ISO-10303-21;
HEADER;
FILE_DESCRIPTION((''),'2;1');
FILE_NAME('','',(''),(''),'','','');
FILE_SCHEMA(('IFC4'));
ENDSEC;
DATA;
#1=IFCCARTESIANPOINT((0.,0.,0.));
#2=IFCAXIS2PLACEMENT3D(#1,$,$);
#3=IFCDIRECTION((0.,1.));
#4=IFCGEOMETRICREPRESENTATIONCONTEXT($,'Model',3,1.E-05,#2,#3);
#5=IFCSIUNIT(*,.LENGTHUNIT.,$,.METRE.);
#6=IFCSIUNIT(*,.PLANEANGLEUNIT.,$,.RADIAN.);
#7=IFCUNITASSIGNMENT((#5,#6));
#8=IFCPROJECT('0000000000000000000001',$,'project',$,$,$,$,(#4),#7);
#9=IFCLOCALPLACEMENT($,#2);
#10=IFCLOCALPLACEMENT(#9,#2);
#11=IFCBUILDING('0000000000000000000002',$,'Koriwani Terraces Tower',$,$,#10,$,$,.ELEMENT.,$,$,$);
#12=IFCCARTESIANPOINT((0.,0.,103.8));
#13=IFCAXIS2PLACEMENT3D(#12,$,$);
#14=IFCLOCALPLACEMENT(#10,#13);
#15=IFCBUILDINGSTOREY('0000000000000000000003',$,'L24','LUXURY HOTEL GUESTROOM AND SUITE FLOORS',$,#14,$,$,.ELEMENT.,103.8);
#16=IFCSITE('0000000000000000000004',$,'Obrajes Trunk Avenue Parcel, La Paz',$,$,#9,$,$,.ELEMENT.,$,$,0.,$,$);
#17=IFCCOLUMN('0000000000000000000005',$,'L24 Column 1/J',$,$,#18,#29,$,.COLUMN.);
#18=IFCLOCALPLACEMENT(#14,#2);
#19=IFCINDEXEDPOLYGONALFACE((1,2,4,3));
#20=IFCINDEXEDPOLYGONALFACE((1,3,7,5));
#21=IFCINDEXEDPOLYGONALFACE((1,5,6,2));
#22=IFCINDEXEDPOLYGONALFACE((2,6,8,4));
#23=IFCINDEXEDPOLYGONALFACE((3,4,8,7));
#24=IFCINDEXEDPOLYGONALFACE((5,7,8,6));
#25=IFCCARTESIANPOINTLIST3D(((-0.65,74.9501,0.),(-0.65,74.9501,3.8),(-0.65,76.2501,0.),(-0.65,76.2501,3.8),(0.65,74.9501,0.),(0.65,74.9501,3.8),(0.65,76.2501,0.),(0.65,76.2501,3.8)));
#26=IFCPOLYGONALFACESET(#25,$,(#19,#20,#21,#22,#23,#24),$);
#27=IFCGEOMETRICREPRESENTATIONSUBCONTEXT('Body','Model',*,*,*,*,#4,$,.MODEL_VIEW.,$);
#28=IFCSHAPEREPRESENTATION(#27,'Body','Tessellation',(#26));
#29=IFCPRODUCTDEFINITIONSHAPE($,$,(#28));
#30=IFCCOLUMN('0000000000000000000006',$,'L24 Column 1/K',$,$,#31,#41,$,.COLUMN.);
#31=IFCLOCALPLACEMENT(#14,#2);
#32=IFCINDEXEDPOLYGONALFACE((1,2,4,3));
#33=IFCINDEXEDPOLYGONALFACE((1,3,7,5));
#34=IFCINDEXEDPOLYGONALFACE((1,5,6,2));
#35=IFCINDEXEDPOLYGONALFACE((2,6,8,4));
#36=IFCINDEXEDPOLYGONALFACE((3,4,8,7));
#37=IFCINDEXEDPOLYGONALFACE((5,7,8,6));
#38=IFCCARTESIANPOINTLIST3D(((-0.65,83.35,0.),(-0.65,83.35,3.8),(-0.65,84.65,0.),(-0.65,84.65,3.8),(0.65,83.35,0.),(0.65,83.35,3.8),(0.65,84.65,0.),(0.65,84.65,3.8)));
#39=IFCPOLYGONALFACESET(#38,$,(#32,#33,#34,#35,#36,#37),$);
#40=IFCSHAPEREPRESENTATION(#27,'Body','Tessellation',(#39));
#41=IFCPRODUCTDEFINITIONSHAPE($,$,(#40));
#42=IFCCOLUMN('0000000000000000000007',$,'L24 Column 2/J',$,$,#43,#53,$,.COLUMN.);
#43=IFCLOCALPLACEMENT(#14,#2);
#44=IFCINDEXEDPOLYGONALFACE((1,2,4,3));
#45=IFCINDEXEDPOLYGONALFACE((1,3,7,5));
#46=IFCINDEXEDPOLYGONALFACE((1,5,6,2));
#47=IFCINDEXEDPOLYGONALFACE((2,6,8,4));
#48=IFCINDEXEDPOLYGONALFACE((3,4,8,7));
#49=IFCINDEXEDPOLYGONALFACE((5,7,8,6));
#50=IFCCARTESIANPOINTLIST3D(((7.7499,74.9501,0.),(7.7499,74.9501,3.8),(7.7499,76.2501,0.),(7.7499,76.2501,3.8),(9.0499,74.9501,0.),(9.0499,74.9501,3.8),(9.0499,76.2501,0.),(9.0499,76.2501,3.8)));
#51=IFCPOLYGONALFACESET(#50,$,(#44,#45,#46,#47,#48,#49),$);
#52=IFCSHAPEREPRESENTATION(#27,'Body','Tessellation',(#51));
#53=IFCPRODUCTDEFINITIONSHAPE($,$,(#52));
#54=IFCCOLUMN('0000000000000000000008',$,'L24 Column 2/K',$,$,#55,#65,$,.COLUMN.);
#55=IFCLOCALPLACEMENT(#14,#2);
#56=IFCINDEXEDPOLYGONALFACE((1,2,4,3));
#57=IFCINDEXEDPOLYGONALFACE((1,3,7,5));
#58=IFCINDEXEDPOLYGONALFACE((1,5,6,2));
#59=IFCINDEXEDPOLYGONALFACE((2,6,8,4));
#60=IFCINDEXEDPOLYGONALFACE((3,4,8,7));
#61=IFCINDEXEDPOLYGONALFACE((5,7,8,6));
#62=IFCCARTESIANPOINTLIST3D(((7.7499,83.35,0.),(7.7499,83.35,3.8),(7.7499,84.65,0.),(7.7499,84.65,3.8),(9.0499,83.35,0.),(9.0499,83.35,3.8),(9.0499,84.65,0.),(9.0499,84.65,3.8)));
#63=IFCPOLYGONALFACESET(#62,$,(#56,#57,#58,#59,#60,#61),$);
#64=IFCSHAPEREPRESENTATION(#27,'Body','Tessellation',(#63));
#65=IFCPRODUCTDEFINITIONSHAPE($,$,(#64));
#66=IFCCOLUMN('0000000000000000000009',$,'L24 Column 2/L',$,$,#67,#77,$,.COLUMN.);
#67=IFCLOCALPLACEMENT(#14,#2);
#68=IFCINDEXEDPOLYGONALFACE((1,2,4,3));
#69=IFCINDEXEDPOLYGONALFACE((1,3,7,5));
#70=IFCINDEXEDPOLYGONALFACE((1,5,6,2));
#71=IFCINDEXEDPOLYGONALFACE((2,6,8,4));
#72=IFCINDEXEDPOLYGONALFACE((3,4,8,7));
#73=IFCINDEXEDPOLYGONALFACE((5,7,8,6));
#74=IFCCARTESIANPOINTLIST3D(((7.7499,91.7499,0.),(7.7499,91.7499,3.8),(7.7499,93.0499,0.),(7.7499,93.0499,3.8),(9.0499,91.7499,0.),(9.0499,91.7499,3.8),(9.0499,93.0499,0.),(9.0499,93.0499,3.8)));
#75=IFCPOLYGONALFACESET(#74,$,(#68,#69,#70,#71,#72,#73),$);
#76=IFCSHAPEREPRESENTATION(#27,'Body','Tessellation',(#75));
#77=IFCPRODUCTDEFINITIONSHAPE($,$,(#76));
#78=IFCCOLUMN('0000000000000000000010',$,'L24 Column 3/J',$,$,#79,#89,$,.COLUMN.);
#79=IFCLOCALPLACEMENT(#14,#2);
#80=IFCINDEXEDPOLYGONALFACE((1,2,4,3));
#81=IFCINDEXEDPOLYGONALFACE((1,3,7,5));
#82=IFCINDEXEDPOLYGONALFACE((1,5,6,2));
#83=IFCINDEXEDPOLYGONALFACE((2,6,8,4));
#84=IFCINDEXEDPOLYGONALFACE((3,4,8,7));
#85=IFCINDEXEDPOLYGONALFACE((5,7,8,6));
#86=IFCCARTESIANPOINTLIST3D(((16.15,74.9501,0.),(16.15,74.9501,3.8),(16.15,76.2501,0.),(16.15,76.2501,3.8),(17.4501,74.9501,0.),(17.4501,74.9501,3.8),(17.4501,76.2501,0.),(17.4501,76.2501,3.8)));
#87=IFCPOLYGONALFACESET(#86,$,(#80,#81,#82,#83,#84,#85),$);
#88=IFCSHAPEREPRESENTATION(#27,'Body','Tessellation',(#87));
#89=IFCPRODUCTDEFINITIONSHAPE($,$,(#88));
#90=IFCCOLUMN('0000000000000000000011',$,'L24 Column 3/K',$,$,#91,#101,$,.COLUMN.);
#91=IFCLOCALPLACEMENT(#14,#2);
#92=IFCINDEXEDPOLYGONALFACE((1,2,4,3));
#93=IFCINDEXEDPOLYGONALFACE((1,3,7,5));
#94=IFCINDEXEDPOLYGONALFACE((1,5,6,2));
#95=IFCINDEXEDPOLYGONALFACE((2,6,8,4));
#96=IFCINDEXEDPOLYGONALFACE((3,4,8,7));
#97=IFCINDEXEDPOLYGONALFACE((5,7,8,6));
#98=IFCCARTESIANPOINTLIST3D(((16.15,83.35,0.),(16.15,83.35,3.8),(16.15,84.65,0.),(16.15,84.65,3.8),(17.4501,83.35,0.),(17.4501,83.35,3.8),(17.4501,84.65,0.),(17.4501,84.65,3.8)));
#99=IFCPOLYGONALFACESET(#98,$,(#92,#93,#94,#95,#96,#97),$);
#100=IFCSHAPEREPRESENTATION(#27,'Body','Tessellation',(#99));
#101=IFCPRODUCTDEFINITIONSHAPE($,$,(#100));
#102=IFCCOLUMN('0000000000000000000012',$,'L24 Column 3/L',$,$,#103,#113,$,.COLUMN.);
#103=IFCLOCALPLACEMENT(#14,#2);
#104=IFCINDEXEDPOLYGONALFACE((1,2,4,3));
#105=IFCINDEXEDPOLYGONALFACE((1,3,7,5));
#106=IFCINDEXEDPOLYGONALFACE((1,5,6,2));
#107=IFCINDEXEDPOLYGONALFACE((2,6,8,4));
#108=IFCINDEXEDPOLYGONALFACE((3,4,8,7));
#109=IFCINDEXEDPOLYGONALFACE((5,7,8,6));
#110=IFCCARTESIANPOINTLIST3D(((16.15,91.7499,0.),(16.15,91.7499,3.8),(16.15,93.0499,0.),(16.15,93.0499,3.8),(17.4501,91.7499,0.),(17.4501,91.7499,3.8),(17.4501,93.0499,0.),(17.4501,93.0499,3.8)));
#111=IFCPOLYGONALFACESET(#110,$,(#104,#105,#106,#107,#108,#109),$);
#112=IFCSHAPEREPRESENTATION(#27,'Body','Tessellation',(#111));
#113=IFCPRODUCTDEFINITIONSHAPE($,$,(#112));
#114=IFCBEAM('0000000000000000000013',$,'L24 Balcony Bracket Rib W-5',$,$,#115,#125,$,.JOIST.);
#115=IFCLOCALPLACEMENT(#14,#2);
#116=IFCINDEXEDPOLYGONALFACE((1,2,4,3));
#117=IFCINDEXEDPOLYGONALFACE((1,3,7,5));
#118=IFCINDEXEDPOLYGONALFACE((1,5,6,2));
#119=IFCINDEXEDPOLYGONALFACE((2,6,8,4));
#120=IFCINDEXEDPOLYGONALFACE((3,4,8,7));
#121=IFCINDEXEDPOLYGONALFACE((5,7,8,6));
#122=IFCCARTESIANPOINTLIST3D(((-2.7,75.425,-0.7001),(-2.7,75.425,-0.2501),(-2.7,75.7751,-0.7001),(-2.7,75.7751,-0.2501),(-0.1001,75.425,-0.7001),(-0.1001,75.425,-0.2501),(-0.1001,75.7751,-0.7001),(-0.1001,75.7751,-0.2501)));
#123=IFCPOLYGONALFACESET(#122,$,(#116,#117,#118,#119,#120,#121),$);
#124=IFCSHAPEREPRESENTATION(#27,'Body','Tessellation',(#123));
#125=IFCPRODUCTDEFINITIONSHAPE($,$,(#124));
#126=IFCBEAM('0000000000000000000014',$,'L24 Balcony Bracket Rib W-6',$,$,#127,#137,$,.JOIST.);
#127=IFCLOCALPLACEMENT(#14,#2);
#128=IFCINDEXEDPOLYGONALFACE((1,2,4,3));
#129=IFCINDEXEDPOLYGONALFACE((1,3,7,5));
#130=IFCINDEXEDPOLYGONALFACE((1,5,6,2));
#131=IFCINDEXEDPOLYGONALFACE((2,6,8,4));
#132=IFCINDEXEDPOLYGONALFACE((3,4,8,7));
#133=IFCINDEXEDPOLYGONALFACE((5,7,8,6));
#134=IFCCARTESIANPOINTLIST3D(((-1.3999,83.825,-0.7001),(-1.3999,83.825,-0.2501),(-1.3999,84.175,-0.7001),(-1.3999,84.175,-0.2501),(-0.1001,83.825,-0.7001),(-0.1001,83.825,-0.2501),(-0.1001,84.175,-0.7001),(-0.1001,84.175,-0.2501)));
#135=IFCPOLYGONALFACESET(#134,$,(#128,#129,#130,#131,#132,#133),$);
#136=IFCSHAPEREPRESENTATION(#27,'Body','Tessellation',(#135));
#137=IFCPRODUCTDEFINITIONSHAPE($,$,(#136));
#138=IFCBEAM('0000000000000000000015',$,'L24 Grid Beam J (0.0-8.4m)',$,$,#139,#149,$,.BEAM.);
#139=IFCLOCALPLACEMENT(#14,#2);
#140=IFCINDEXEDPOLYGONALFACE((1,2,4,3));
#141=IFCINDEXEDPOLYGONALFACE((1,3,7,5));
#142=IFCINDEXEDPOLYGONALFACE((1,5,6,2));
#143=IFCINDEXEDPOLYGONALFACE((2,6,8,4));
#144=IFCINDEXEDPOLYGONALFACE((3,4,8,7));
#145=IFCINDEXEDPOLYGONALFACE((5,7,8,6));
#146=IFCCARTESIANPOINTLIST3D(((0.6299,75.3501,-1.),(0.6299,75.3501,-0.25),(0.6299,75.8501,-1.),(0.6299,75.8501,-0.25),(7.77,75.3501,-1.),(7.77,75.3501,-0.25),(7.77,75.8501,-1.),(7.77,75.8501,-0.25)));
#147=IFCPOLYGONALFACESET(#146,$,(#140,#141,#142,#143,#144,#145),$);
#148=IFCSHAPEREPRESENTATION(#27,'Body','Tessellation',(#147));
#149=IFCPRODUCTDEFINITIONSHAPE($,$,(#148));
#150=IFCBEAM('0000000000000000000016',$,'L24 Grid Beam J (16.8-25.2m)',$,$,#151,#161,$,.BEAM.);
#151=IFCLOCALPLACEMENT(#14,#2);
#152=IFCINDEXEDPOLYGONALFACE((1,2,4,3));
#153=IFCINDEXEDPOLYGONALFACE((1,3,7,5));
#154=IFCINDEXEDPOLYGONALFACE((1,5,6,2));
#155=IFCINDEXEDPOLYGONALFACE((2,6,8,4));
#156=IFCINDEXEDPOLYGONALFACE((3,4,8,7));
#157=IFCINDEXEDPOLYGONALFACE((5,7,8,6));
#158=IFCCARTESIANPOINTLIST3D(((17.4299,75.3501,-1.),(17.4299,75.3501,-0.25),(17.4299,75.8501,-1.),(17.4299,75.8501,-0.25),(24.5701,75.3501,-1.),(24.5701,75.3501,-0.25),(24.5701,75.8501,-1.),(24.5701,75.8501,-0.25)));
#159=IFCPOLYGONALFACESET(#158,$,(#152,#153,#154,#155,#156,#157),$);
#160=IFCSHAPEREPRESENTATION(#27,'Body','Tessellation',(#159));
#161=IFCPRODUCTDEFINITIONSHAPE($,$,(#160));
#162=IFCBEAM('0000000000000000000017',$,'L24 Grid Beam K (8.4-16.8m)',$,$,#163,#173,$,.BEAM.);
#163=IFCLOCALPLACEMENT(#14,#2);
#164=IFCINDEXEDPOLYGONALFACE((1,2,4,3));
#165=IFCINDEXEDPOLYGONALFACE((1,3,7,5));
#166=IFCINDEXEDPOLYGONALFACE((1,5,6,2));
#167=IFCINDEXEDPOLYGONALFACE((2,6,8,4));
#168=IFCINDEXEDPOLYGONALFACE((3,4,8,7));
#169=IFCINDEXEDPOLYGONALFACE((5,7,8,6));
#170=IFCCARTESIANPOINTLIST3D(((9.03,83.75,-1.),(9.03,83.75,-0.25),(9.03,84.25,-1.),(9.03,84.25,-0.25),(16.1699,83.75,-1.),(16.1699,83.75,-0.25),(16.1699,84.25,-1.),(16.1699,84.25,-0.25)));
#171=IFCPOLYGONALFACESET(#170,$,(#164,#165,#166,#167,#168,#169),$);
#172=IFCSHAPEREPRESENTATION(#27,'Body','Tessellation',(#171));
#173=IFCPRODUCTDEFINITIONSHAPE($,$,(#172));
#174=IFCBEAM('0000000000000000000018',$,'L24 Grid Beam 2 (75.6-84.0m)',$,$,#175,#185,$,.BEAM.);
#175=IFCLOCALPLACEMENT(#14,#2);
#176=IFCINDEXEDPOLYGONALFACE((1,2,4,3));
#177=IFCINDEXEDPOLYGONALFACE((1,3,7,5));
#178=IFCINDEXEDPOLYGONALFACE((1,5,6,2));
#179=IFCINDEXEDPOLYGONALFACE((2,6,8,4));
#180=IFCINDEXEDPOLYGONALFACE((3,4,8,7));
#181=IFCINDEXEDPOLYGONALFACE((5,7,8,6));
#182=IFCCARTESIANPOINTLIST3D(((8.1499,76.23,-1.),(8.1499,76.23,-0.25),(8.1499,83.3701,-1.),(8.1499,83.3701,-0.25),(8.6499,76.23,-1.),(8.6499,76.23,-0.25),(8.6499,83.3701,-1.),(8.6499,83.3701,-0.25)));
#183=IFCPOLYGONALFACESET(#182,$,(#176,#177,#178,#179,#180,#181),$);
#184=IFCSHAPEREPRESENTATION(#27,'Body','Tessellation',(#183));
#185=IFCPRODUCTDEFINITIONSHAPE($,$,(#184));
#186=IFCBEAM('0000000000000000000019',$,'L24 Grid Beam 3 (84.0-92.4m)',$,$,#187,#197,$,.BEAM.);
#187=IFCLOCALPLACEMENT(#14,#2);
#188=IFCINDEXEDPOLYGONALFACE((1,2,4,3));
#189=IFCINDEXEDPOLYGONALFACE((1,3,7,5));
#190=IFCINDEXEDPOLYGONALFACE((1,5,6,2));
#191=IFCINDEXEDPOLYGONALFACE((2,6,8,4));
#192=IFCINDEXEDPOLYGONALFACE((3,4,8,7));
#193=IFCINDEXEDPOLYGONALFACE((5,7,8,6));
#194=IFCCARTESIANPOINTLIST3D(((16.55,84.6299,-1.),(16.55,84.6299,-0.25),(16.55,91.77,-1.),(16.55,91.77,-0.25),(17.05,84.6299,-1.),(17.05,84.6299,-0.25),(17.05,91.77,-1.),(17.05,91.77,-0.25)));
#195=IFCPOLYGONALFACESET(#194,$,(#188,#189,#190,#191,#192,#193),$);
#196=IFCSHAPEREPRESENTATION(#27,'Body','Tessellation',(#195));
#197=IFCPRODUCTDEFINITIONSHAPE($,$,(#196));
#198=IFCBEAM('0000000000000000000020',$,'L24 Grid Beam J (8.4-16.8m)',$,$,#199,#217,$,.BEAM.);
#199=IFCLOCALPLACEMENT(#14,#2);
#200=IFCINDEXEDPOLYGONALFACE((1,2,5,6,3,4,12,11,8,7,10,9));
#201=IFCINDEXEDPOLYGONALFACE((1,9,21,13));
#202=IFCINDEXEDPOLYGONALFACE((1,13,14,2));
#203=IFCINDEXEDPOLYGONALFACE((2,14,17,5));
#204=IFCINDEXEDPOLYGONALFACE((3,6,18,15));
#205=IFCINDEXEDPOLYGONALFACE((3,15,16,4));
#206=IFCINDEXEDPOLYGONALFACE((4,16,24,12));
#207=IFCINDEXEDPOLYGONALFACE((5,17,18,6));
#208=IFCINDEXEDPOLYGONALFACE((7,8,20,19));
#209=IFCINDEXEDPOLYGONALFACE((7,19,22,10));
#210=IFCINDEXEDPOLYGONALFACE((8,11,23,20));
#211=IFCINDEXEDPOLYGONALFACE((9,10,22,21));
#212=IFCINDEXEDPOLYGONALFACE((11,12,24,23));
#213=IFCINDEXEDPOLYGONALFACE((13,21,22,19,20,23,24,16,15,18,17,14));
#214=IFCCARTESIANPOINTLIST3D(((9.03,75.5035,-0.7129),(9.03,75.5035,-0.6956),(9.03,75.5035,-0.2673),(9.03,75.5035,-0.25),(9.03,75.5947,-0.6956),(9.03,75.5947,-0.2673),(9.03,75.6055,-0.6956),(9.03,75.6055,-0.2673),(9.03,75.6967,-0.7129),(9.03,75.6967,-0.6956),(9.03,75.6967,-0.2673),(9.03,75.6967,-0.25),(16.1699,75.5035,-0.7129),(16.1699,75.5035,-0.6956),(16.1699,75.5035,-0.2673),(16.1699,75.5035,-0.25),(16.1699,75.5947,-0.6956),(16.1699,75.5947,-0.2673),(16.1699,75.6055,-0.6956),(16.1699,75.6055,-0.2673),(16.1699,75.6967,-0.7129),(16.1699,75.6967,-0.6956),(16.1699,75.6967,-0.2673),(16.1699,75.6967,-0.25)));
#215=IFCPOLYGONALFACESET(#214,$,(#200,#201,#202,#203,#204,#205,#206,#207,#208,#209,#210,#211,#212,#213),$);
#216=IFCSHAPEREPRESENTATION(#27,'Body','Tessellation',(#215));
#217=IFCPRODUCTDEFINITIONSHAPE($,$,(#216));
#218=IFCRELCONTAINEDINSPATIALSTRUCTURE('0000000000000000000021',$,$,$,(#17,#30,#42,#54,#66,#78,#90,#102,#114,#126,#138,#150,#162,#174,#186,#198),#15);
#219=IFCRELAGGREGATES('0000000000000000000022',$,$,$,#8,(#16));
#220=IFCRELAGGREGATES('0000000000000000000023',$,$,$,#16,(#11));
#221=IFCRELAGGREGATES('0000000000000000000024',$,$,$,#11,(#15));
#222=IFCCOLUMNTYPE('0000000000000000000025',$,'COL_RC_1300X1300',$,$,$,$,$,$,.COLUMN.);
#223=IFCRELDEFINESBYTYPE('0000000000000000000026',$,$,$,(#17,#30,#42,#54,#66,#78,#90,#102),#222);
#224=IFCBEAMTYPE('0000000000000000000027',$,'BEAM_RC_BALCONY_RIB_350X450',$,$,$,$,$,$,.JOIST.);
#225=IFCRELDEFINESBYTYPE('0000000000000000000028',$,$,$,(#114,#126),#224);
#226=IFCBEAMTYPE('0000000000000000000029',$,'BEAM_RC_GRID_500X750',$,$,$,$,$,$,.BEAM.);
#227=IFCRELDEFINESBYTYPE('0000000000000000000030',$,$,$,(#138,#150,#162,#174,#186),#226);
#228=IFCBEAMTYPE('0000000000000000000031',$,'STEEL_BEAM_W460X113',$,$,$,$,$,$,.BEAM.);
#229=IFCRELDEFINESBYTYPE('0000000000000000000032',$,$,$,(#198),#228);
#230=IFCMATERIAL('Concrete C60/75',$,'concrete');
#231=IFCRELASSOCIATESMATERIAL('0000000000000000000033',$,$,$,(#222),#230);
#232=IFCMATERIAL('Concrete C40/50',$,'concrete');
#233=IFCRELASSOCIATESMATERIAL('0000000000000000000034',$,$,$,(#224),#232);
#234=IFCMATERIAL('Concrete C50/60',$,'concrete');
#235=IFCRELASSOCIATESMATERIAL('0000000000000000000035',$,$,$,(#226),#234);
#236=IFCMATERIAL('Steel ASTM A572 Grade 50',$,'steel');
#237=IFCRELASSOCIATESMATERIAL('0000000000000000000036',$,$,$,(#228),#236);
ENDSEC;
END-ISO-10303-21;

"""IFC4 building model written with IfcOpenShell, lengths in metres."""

from ifc_helpers import new_model, si_unit, direction, frame, origin, origin_2d, place, context, subcontext, project, spatial, rectangle, i_section, extrude, material, material_profile, profile_set, type_object, element, save


model = new_model("IFC4")

# Units and contexts
model_context = context("Model", 3, precision=1e-05, world=origin(), true_north=direction((0.0, 1.0)))
body_context = subcontext(model_context, "Body", "Model", "MODEL_VIEW")
ifc_project = project(units=[si_unit("LENGTHUNIT", "METRE"), si_unit("PLANEANGLEUNIT", "RADIAN")], contexts=[model_context])

# Site, building, storey
site_placement = place(None, origin())
site = spatial("IfcSite", under=ifc_project, at=site_placement, Name="Obrajes Trunk Avenue Parcel, La Paz", CompositionType="ELEMENT", RefElevation=0.0)
building_placement = place(site_placement, origin())
building = spatial("IfcBuilding", under=site, at=building_placement, Name="Koriwani Terraces Tower", CompositionType="ELEMENT")
storey_placement = place(building_placement, frame((0.0, 0.0, 103.8)))
storey = spatial("IfcBuildingStorey", under=building, at=storey_placement, Name="L24", Description="LUXURY HOTEL GUESTROOM AND SUITE FLOORS", CompositionType="ELEMENT", Elevation=103.8)

# Columns
ifc_material_1 = material(Name="Concrete C60/75", Category="concrete")
ifc_material_profile_1 = material_profile(ifc_material_1, rectangle(XDim=1.3, YDim=1.3, at=origin_2d()), Name="Concrete C60/75", Category="LoadBearing")
ifc_profile_set_1 = profile_set([ifc_material_profile_1], Name="Concrete C60/75")
column_type = type_object("IfcColumnType", Name="COL_RC_1300X1300", PredefinedType="COLUMN", material=ifc_profile_set_1)
for number, where, z_axis, x_axis, name in (
    (1, (0.0, 75.6001, 0.0), (0.0, 0.0, 1.0), (1.0, 0.0, 0.0), "L24 Column 1/J"),
    (2, (0.0, 84.0, 0.0), (0.0, 0.0, 1.0), (1.0, 0.0, 0.0), "L24 Column 1/K"),
    (3, (8.3999, 75.6001, 0.0), (0.0, 0.0, 1.0), (1.0, 0.0, 0.0), "L24 Column 2/J"),
    (4, (8.3999, 84.0, 0.0), (0.0, 0.0, 1.0), (1.0, 0.0, 0.0), "L24 Column 2/K"),
    (5, (8.3999, 92.3999, 0.0), (0.0, 0.0, 1.0), (1.0, 0.0, 0.0), "L24 Column 2/L"),
    (6, (16.8, 75.6001, 0.0), (0.0, 0.0, 1.0), (1.0, 0.0, 0.0), "L24 Column 3/J"),
    (7, (16.8, 84.0, 0.0), (0.0, 0.0, 1.0), (1.0, 0.0, 0.0), "L24 Column 3/K"),
    (8, (16.8, 92.3999, 0.0), (0.0, 0.0, 1.0), (1.0, 0.0, 0.0), "L24 Column 3/L"),
):
    element("IfcColumn", number, at=place(storey_placement, frame(where, z_axis=z_axis, x_axis=x_axis)), inside=storey, type_object=column_type, Name=name, PredefinedType="COLUMN", context=body_context, shape_type="SweptSolid", body=[
        extrude(rectangle(XDim=1.3, YDim=1.3, at=origin_2d()), origin(), (0.0, 0.0, 1.0), 3.8),
    ])

# Beams
ifc_material_2 = material(Name="Concrete C40/50", Category="concrete")
ifc_material_profile_2 = material_profile(ifc_material_2, rectangle(XDim=0.3501, YDim=0.45, at=origin_2d()), Name="Concrete C40/50", Category="LoadBearing")
ifc_profile_set_2 = profile_set([ifc_material_profile_2], Name="Concrete C40/50")
beam_type_1 = type_object("IfcBeamType", Name="BEAM_RC_BALCONY_RIB_350X450", PredefinedType="JOIST", material=ifc_profile_set_2)
beam_1_placement = place(storey_placement, frame((-2.7, 75.6001, -0.4751), z_axis=(1.0, 0.0, 0.0), x_axis=(0.0, 1.0, 0.0)))
element("IfcBeam", 9, at=beam_1_placement, inside=storey, type_object=beam_type_1, Name="L24 Balcony Bracket Rib W-5", PredefinedType="JOIST", context=body_context, shape_type="SweptSolid", body=[
    extrude(rectangle(XDim=0.3501, YDim=0.45, at=origin_2d()), origin(), (0.0, 0.0, 1.0), 2.5999),
])
beam_2_placement = place(storey_placement, frame((-1.3999, 84.0, -0.4751), z_axis=(1.0, 0.0, 0.0), x_axis=(0.0, 1.0, 0.0)))
element("IfcBeam", 10, at=beam_2_placement, inside=storey, type_object=beam_type_1, Name="L24 Balcony Bracket Rib W-6", PredefinedType="JOIST", context=body_context, shape_type="SweptSolid", body=[
    extrude(rectangle(XDim=0.3501, YDim=0.45, at=origin_2d()), origin(), (0.0, 0.0, 1.0), 1.2998),
])
ifc_material_3 = material(Name="Concrete C50/60", Category="concrete")
ifc_material_profile_3 = material_profile(ifc_material_3, rectangle(XDim=0.5, YDim=0.75, at=origin_2d()), Name="Concrete C50/60", Category="LoadBearing")
ifc_profile_set_3 = profile_set([ifc_material_profile_3], Name="Concrete C50/60")
beam_type_2 = type_object("IfcBeamType", Name="BEAM_RC_GRID_500X750", PredefinedType="BEAM", material=ifc_profile_set_3)
for number, where, z_axis, x_axis, name in (
    (11, (0.6299, 75.6001, -0.625), (1.0, 0.0, 0.0), (0.0, 1.0, 0.0), "L24 Grid Beam J (0.0-8.4m)"),
    (12, (17.4299, 75.6001, -0.625), (1.0, 0.0, 0.0), (0.0, 1.0, 0.0), "L24 Grid Beam J (16.8-25.2m)"),
):
    element("IfcBeam", number, at=place(storey_placement, frame(where, z_axis=z_axis, x_axis=x_axis)), inside=storey, type_object=beam_type_2, Name=name, PredefinedType="BEAM", context=body_context, shape_type="SweptSolid", body=[
        extrude(rectangle(XDim=0.5, YDim=0.75, at=origin_2d()), origin(), (0.0, 0.0, 1.0), 7.1401),
    ])
beam_3_placement = place(storey_placement, frame((9.03, 84.0, -0.625), z_axis=(1.0, 0.0, 0.0), x_axis=(0.0, 1.0, 0.0)))
element("IfcBeam", 13, at=beam_3_placement, inside=storey, type_object=beam_type_2, Name="L24 Grid Beam K (8.4-16.8m)", PredefinedType="BEAM", context=body_context, shape_type="SweptSolid", body=[
    extrude(rectangle(XDim=0.5, YDim=0.75, at=origin_2d()), origin(), (0.0, 0.0, 1.0), 7.1399),
])
for number, where, z_axis, x_axis, name in (
    (14, (8.3999, 76.23, -0.625), (0.0, 1.0, 0.0), (-1.0, 0.0, 0.0), "L24 Grid Beam 2 (75.6-84.0m)"),
    (15, (16.8, 84.6299, -0.625), (0.0, 1.0, 0.0), (-1.0, 0.0, 0.0), "L24 Grid Beam 3 (84.0-92.4m)"),
):
    element("IfcBeam", number, at=place(storey_placement, frame(where, z_axis=z_axis, x_axis=x_axis)), inside=storey, type_object=beam_type_2, Name=name, PredefinedType="BEAM", context=body_context, shape_type="SweptSolid", body=[
        extrude(rectangle(XDim=0.5, YDim=0.75, at=origin_2d()), origin(), (0.0, 0.0, 1.0), 7.1401),
    ])
ifc_material_4 = material(Name="Steel ASTM A572 Grade 50", Category="steel")
ifc_material_profile_4 = material_profile(ifc_material_4, i_section(OverallWidth=0.1931, OverallDepth=0.4629, WebThickness=0.0107, FlangeThickness=0.0173, at=origin_2d()), Name="Steel ASTM A572 Grade 50", Category="LoadBearing")
ifc_profile_set_4 = profile_set([ifc_material_profile_4], Name="Steel ASTM A572 Grade 50")
beam_type_3 = type_object("IfcBeamType", Name="STEEL_BEAM_W460X113", PredefinedType="BEAM", material=ifc_profile_set_4)
beam_4_placement = place(storey_placement, frame((9.03, 75.6001, -0.4814), z_axis=(1.0, 0.0, 0.0), x_axis=(0.0, 1.0, 0.0)))
element("IfcBeam", 16, at=beam_4_placement, inside=storey, type_object=beam_type_3, Name="L24 Grid Beam J (8.4-16.8m)", PredefinedType="BEAM", context=body_context, shape_type="SweptSolid", body=[
    extrude(i_section(OverallWidth=0.1931, OverallDepth=0.4629, WebThickness=0.0107, FlangeThickness=0.0173, at=origin_2d()), origin(), (0.0, 0.0, 1.0), 7.1399),
])

save(model, "model.ifc")
